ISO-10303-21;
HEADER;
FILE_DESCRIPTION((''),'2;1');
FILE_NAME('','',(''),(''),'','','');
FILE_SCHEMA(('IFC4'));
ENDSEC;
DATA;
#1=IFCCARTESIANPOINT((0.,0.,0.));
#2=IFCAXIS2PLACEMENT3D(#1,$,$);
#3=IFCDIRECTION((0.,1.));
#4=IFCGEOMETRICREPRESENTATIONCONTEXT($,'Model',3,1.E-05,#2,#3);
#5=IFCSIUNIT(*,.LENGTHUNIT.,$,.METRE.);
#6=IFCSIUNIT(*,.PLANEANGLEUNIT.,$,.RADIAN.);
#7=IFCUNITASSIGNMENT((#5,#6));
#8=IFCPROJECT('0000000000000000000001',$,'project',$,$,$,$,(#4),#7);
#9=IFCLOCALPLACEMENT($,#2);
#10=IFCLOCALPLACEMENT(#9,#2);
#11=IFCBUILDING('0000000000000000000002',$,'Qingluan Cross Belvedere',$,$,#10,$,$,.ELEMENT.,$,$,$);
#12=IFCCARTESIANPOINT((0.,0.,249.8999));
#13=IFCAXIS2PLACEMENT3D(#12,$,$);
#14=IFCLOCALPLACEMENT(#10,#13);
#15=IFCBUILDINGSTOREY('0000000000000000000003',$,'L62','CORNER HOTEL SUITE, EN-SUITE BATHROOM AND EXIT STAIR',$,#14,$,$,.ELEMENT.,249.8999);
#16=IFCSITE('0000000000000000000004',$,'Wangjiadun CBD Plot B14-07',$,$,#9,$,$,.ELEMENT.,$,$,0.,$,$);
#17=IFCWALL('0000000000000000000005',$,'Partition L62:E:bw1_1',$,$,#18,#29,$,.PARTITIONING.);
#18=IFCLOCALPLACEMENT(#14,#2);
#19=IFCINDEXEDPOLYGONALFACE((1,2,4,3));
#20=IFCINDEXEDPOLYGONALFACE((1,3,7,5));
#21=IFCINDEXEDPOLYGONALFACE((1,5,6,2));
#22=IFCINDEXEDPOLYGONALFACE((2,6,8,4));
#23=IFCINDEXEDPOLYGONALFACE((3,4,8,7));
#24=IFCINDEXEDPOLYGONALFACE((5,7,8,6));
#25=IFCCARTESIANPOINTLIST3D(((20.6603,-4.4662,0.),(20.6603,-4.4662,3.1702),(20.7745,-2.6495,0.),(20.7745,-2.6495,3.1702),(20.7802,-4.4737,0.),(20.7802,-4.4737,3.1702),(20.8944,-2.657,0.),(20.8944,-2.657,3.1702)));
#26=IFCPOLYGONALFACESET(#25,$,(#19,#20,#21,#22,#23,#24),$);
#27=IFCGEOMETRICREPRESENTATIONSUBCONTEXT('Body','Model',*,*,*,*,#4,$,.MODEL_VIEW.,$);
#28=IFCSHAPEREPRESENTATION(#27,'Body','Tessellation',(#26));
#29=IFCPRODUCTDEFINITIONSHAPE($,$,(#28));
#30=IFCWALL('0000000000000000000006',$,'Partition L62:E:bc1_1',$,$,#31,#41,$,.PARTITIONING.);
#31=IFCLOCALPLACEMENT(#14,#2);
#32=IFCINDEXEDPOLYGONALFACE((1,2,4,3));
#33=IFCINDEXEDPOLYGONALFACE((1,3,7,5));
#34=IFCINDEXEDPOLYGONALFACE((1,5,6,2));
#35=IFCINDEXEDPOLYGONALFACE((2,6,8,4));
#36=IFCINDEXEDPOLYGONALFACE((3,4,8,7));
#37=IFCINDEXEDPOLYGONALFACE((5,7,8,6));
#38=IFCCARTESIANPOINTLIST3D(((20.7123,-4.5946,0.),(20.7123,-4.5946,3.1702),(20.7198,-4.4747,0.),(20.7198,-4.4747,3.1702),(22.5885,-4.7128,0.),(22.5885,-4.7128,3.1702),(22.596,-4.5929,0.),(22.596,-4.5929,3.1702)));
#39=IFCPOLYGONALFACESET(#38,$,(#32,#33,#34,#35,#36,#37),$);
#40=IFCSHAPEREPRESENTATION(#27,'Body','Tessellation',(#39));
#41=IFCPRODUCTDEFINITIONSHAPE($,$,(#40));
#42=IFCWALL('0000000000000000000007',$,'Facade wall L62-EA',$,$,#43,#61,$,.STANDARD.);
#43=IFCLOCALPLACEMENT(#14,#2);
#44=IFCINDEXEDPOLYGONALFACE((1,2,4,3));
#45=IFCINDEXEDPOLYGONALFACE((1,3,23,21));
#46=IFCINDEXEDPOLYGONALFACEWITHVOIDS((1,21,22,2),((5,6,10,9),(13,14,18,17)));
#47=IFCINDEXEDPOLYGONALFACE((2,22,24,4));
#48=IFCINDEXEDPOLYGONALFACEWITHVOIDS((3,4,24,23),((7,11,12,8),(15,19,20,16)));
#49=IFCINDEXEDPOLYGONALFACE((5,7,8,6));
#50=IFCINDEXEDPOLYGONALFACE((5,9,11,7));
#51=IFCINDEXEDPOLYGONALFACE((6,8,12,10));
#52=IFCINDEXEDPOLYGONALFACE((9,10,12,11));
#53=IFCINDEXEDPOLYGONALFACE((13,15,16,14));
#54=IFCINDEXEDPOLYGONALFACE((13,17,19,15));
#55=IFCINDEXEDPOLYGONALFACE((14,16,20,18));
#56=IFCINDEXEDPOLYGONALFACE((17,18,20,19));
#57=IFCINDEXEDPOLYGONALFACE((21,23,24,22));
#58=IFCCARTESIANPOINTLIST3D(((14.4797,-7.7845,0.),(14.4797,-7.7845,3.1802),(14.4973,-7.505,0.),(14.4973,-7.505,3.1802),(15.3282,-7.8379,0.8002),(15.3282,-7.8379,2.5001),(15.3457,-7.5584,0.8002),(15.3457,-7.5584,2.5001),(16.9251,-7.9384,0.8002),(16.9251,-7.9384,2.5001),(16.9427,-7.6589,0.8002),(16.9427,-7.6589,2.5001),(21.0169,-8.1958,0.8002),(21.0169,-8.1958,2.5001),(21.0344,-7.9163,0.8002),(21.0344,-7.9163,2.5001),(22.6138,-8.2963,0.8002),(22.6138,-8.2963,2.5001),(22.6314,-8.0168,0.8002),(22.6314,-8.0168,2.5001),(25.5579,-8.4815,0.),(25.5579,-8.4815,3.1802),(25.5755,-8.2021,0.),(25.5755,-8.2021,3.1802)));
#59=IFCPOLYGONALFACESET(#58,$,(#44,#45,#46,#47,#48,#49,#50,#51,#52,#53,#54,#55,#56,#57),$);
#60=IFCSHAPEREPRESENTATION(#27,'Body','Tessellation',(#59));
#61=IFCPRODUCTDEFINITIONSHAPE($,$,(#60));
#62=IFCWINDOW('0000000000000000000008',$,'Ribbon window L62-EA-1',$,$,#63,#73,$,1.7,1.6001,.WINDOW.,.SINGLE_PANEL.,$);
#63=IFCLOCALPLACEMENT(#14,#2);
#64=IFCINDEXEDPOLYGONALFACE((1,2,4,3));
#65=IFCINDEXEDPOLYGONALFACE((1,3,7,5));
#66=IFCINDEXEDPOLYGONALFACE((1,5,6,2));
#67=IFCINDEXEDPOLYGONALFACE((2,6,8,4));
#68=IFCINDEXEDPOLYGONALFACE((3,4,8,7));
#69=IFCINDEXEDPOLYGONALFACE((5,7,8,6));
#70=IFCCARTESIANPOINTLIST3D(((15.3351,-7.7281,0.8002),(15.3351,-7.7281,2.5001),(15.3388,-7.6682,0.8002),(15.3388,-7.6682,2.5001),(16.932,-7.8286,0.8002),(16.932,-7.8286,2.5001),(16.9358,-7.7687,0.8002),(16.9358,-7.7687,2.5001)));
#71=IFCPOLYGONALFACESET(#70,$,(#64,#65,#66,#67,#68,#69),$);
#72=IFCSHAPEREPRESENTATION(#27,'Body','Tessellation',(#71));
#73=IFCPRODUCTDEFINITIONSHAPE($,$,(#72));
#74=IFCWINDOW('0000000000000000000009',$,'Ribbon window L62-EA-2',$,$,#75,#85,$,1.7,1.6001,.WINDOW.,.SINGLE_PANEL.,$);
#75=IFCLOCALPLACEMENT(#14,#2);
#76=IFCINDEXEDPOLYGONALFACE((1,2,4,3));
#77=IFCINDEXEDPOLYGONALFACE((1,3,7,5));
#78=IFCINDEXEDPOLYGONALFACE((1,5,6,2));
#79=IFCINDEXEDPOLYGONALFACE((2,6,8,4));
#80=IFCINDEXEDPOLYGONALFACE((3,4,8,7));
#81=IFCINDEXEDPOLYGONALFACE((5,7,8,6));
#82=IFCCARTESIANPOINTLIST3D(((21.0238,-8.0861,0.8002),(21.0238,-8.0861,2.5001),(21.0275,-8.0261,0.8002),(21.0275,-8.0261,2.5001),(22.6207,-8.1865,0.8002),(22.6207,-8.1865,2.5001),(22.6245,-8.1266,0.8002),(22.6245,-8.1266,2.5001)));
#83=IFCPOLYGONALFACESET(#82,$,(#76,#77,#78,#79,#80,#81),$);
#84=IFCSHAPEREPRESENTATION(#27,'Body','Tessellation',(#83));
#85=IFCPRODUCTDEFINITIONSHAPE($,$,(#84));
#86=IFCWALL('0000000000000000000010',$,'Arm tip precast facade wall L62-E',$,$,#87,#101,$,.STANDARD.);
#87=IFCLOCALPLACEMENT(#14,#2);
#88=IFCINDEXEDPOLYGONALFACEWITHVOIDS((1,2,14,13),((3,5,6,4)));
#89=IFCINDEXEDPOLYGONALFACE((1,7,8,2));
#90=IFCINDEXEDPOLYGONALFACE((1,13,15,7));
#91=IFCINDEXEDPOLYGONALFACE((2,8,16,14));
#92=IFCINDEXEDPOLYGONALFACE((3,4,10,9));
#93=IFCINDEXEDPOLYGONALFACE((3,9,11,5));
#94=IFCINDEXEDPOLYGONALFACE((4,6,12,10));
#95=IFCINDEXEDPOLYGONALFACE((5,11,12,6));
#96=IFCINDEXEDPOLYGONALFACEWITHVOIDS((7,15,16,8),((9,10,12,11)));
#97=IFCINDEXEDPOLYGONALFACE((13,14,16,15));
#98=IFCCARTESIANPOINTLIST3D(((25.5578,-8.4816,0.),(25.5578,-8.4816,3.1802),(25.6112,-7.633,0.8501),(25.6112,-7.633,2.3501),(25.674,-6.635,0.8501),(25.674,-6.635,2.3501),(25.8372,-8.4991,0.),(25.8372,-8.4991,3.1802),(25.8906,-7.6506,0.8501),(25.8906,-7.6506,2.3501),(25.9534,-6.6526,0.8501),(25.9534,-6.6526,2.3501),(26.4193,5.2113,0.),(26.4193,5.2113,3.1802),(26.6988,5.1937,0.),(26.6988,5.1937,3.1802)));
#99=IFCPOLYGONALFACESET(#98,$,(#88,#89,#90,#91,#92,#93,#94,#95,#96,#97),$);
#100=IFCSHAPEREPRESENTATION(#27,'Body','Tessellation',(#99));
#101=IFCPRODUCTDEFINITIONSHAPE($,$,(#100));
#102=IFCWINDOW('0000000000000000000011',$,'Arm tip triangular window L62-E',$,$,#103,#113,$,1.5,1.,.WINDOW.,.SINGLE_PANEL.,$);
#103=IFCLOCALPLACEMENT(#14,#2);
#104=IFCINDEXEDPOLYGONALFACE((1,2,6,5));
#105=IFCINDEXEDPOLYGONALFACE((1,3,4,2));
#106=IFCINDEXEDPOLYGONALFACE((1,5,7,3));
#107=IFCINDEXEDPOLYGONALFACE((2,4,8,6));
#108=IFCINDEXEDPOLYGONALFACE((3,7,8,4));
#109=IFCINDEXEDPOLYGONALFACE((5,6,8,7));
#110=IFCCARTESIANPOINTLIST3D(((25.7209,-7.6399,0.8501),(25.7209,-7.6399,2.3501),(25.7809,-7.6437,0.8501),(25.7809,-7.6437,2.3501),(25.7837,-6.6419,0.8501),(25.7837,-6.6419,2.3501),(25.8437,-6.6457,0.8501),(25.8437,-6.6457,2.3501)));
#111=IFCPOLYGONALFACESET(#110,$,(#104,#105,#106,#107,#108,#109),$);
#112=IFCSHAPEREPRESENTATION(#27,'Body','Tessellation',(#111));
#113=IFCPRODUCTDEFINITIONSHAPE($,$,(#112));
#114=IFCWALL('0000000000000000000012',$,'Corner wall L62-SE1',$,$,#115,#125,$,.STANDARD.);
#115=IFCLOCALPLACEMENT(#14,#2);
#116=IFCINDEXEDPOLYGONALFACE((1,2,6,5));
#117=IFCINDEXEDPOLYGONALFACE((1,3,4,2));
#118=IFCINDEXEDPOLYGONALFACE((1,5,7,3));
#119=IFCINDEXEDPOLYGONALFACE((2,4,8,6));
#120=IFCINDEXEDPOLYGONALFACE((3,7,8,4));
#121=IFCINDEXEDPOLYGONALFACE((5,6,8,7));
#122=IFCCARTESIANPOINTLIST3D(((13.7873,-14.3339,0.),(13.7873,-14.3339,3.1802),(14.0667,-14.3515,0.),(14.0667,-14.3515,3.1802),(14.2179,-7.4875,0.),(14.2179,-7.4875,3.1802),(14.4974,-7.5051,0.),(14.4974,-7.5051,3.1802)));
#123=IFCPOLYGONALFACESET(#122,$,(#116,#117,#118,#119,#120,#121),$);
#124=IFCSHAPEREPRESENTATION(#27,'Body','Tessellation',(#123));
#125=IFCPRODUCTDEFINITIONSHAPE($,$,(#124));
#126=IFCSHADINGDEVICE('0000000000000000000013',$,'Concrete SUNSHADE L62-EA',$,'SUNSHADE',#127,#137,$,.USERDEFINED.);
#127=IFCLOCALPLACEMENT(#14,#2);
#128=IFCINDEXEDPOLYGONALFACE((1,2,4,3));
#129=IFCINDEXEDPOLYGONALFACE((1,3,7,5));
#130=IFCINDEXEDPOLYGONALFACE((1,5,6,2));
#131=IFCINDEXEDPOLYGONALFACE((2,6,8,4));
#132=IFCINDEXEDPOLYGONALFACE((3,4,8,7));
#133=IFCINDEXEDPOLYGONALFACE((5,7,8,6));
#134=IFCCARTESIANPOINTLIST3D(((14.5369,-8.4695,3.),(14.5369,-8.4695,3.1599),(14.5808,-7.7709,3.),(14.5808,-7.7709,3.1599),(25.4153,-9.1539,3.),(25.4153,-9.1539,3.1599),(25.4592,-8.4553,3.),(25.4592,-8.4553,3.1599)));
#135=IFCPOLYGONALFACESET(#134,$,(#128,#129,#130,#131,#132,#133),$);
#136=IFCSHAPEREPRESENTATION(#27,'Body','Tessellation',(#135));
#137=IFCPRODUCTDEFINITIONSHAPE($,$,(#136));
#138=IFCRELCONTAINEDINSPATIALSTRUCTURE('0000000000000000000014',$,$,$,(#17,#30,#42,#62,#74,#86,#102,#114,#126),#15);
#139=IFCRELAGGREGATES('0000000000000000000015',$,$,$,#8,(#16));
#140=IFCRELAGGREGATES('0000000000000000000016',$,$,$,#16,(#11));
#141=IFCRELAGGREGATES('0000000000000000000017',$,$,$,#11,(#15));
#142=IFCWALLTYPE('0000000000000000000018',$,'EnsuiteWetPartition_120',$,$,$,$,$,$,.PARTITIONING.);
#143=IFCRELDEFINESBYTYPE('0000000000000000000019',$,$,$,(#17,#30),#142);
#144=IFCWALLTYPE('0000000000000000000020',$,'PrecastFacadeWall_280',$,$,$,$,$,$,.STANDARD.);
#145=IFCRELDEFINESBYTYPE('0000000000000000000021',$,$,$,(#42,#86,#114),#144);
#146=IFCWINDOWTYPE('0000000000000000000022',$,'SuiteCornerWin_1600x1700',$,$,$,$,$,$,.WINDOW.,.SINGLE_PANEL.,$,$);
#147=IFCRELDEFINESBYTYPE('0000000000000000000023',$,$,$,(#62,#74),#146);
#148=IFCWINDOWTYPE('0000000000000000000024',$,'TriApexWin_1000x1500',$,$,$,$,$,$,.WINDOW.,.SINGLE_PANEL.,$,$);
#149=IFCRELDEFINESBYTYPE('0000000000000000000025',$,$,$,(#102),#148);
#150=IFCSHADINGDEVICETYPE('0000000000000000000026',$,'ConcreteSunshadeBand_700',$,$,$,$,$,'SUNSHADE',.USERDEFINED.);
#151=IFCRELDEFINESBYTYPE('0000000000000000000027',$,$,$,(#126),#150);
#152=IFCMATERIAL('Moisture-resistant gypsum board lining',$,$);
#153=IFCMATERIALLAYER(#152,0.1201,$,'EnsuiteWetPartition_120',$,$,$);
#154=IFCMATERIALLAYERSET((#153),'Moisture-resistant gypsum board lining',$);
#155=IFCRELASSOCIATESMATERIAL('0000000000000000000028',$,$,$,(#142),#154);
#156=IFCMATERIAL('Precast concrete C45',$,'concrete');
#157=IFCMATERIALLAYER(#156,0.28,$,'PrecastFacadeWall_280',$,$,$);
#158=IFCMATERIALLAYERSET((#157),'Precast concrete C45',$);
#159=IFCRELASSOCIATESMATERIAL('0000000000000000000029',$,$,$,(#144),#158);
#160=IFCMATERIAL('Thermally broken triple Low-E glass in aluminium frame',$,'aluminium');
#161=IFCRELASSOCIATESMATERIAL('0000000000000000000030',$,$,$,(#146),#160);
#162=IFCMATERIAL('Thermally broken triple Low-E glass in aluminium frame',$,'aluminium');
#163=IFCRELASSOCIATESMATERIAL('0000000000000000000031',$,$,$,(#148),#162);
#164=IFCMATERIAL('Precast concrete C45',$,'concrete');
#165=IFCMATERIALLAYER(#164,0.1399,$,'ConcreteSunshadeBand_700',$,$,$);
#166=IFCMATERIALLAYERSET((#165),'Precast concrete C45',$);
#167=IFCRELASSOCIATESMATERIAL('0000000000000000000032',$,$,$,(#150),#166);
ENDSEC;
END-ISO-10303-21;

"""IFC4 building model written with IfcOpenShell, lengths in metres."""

from ifc_helpers import new_model, si_unit, direction, frame, frame_2d, origin, origin_2d, place, context, subcontext, project, spatial, rectangle, extrude, material, layer, layer_set, type_object, element, fill, save


model = new_model("IFC4")

# Units and contexts
model_context = context("Model", 3, precision=1e-05, world=origin(), true_north=direction((0.0, 1.0)))
body_context = subcontext(model_context, "Body", "Model", "MODEL_VIEW")
ifc_project = project(units=[si_unit("LENGTHUNIT", "METRE"), si_unit("PLANEANGLEUNIT", "RADIAN")], contexts=[model_context])

# Site, building, storey
site_placement = place(None, origin())
site = spatial("IfcSite", under=ifc_project, at=site_placement, Name="Wangjiadun CBD Plot B14-07", CompositionType="ELEMENT", RefElevation=0.0)
building_placement = place(site_placement, origin())
building = spatial("IfcBuilding", under=site, at=building_placement, Name="Qingluan Cross Belvedere", CompositionType="ELEMENT")
storey_placement = place(building_placement, frame((0.0, 0.0, 249.8999)))
storey = spatial("IfcBuildingStorey", under=building, at=storey_placement, Name="L62", Description="CORNER HOTEL SUITE, EN-SUITE BATHROOM AND EXIT STAIR", CompositionType="ELEMENT", Elevation=249.8999)

# Shared definitions
ifc_material_1 = material(Name="Moisture-resistant gypsum board lining")
ifc_layer_1 = layer(ifc_material_1, 0.1201, Name="EnsuiteWetPartition_120")
ifc_layer_set_1 = layer_set([ifc_layer_1], Name="Moisture-resistant gypsum board lining")
wall_type_1 = type_object("IfcWallType", Name="EnsuiteWetPartition_120", PredefinedType="PARTITIONING", material=ifc_layer_set_1)

# Walls
wall_1_placement = place(storey_placement, frame((20.7202, -4.47, 0.0), z_axis=(0.0, 0.0, 1.0), x_axis=(0.062771, 0.998028, 0.0)))
element("IfcWall", 1, at=wall_1_placement, inside=storey, type_object=wall_type_1, Name="Partition L62:E:bw1_1", PredefinedType="PARTITIONING", context=body_context, shape_type="SweptSolid", body=[
    extrude(rectangle(XDim=1.8203, YDim=0.1201, at=frame_2d((0.9102, 0.0))), origin(), (0.0, 0.0, 1.0), 3.1702),
])
wall_2_placement = place(storey_placement, frame((20.7161, -4.5347, 0.0), z_axis=(0.0, 0.0, 1.0), x_axis=(0.998023, -0.062855, 0.0)))
element("IfcWall", 2, at=wall_2_placement, inside=storey, type_object=wall_type_1, Name="Partition L62:E:bc1_1", PredefinedType="PARTITIONING", context=body_context, shape_type="SweptSolid", body=[
    extrude(rectangle(XDim=1.8799, YDim=0.1201, at=frame_2d((0.9399, 0.0))), origin(), (0.0, 0.0, 1.0), 3.1702),
])

# Wall, openings, windows
ifc_material_2 = material(Name="Precast concrete C45", Category="concrete")
ifc_layer_2 = layer(ifc_material_2, 0.28, Name="PrecastFacadeWall_280")
ifc_layer_set_2 = layer_set([ifc_layer_2], Name="Precast concrete C45")
wall_type_2 = type_object("IfcWallType", Name="PrecastFacadeWall_280", PredefinedType="STANDARD", material=ifc_layer_set_2)
wall_3_placement = place(storey_placement, frame((14.4885, -7.6448, 0.0), z_axis=(0.0, 0.0, 1.0), x_axis=(0.998026, -0.062795, 0.0)))
wall_3 = element("IfcWall", 3, at=wall_3_placement, inside=storey, type_object=wall_type_2, Name="Facade wall L62-EA", PredefinedType="STANDARD", context=body_context, shape_type="SweptSolid", body=[
    extrude(rectangle(XDim=11.1001, YDim=0.28, at=frame_2d((5.55, 0.0))), origin(), (0.0, 0.0, 1.0), 3.1802),
])
opening_1_placement = place(wall_3_placement, frame((0.8501, 0.0, 0.8)))
opening_1 = element("IfcOpeningElement", 4, at=opening_1_placement, cuts=wall_3, PredefinedType="OPENING", context=body_context, shape_type="SweptSolid", body=[
    extrude(rectangle(XDim=1.6001, YDim=1.7, at=frame_2d((0.8, 0.8501))), frame((0.0, 0.1499, 0.0), z_axis=(0.0, -1.0, 0.0), x_axis=(1.0, 0.0, 0.0)), (0.0, 0.0, 1.0), 0.3),
])
opening_2_placement = place(wall_3_placement, frame((6.55, 0.0, 0.8)))
opening_2 = element("IfcOpeningElement", 5, at=opening_2_placement, cuts=wall_3, PredefinedType="OPENING", context=body_context, shape_type="SweptSolid", body=[
    extrude(rectangle(XDim=1.6001, YDim=1.7, at=frame_2d((0.8, 0.8501))), frame((0.0, 0.1499, 0.0), z_axis=(0.0, -1.0, 0.0), x_axis=(1.0, 0.0, 0.0)), (0.0, 0.0, 1.0), 0.3),
])
ifc_material_3 = material(Name="Thermally broken triple Low-E glass in aluminium frame", Category="aluminium")
window_type_1 = type_object("IfcWindowType", Name="SuiteCornerWin_1600x1700", PartitioningType="SINGLE_PANEL", PredefinedType="WINDOW", material=ifc_material_3)
window_1_placement = place(opening_1_placement, origin())
window_1 = element("IfcWindow", 6, at=window_1_placement, inside=storey, type_object=window_type_1, Name="Ribbon window L62-EA-1", OverallHeight=1.7, OverallWidth=1.6001, PartitioningType="SINGLE_PANEL", PredefinedType="WINDOW", context=body_context, shape_type="SweptSolid", body=[
    extrude(rectangle(XDim=1.6001, YDim=1.7, at=frame_2d((0.8, 0.8501))), frame((0.0, 0.03, 0.0), z_axis=(0.0, -1.0, 0.0), x_axis=(1.0, 0.0, 0.0)), (0.0, 0.0, 1.0), 0.0601),
])
fill(opening_1, window_1)
window_2_placement = place(opening_2_placement, origin())
window_2 = element("IfcWindow", 7, at=window_2_placement, inside=storey, type_object=window_type_1, Name="Ribbon window L62-EA-2", OverallHeight=1.7, OverallWidth=1.6001, PartitioningType="SINGLE_PANEL", PredefinedType="WINDOW", context=body_context, shape_type="SweptSolid", body=[
    extrude(rectangle(XDim=1.6001, YDim=1.7, at=frame_2d((0.8, 0.8501))), frame((0.0, 0.03, 0.0), z_axis=(0.0, -1.0, 0.0), x_axis=(1.0, 0.0, 0.0)), (0.0, 0.0, 1.0), 0.0601),
])
fill(opening_2, window_2)

# Wall, opening, window
wall_4_placement = place(storey_placement, frame((25.6975, -8.4902, 0.0), z_axis=(0.0, 0.0, 1.0), x_axis=(0.062797, 0.998026, 0.0)))
wall_4 = element("IfcWall", 8, at=wall_4_placement, inside=storey, type_object=wall_type_2, Name="Arm tip precast facade wall L62-E", PredefinedType="STANDARD", context=body_context, shape_type="SweptSolid", body=[
    extrude(rectangle(XDim=13.72, YDim=0.28, at=frame_2d((6.8599, 0.0))), origin(), (0.0, 0.0, 1.0), 3.1802),
])
opening_3_placement = place(wall_4_placement, frame((0.8501, 0.0, 0.8501)))
opening_3 = element("IfcOpeningElement", 9, at=opening_3_placement, cuts=wall_4, PredefinedType="OPENING", context=body_context, shape_type="SweptSolid", body=[
    extrude(rectangle(XDim=1.0, YDim=1.5, at=frame_2d((0.5, 0.75))), frame((0.0, 0.1499, 0.0), z_axis=(0.0, -1.0, 0.0), x_axis=(1.0, 0.0, 0.0)), (0.0, 0.0, 1.0), 0.3),
])
ifc_material_4 = material(Name="Thermally broken triple Low-E glass in aluminium frame", Category="aluminium")
window_type_2 = type_object("IfcWindowType", Name="TriApexWin_1000x1500", PartitioningType="SINGLE_PANEL", PredefinedType="WINDOW", material=ifc_material_4)
window_3_placement = place(opening_3_placement, origin())
window_3 = element("IfcWindow", 10, at=window_3_placement, inside=storey, type_object=window_type_2, Name="Arm tip triangular window L62-E", OverallHeight=1.5, OverallWidth=1.0, PartitioningType="SINGLE_PANEL", PredefinedType="WINDOW", context=body_context, shape_type="SweptSolid", body=[
    extrude(rectangle(XDim=1.0, YDim=1.5, at=frame_2d((0.5, 0.75))), frame((0.0, 0.03, 0.0), z_axis=(0.0, -1.0, 0.0), x_axis=(1.0, 0.0, 0.0)), (0.0, 0.0, 1.0), 0.0601),
])
fill(opening_3, window_3)

# Wall
wall_5_placement = place(storey_placement, frame((14.3577, -7.4963, 0.0), z_axis=(0.0, 0.0, 1.0), x_axis=(-0.062779, -0.998027, 0.0)))
element("IfcWall", 11, at=wall_5_placement, inside=storey, type_object=wall_type_2, Name="Corner wall L62-SE1", PredefinedType="STANDARD", context=body_context, shape_type="SweptSolid", body=[
    extrude(rectangle(XDim=6.8599, YDim=0.28, at=frame_2d((3.4299, 0.0))), origin(), (0.0, 0.0, 1.0), 3.1802),
])

# Shading device
ifc_material_5 = material(Name="Precast concrete C45", Category="concrete")
ifc_layer_3 = layer(ifc_material_5, 0.1399, Name="ConcreteSunshadeBand_700")
ifc_layer_set_3 = layer_set([ifc_layer_3], Name="Precast concrete C45")
shading_device_type = type_object("IfcShadingDeviceType", Name="ConcreteSunshadeBand_700", ElementType="SUNSHADE", PredefinedType="USERDEFINED", material=ifc_layer_set_3)
shading_device_placement = place(storey_placement, frame((19.998, -8.4624, 3.0), z_axis=(0.0, 0.0, 1.0), x_axis=(0.998027, -0.062793, 0.0)))
element("IfcShadingDevice", 12, at=shading_device_placement, inside=storey, type_object=shading_device_type, Name="Concrete SUNSHADE L62-EA", ObjectType="SUNSHADE", PredefinedType="USERDEFINED", context=body_context, shape_type="SweptSolid", body=[
    extrude(rectangle(XDim=10.8999, YDim=0.7, at=origin_2d()), origin(), (0.0, 0.0, 1.0), 0.1599),
])

save(model, "model.ifc")
